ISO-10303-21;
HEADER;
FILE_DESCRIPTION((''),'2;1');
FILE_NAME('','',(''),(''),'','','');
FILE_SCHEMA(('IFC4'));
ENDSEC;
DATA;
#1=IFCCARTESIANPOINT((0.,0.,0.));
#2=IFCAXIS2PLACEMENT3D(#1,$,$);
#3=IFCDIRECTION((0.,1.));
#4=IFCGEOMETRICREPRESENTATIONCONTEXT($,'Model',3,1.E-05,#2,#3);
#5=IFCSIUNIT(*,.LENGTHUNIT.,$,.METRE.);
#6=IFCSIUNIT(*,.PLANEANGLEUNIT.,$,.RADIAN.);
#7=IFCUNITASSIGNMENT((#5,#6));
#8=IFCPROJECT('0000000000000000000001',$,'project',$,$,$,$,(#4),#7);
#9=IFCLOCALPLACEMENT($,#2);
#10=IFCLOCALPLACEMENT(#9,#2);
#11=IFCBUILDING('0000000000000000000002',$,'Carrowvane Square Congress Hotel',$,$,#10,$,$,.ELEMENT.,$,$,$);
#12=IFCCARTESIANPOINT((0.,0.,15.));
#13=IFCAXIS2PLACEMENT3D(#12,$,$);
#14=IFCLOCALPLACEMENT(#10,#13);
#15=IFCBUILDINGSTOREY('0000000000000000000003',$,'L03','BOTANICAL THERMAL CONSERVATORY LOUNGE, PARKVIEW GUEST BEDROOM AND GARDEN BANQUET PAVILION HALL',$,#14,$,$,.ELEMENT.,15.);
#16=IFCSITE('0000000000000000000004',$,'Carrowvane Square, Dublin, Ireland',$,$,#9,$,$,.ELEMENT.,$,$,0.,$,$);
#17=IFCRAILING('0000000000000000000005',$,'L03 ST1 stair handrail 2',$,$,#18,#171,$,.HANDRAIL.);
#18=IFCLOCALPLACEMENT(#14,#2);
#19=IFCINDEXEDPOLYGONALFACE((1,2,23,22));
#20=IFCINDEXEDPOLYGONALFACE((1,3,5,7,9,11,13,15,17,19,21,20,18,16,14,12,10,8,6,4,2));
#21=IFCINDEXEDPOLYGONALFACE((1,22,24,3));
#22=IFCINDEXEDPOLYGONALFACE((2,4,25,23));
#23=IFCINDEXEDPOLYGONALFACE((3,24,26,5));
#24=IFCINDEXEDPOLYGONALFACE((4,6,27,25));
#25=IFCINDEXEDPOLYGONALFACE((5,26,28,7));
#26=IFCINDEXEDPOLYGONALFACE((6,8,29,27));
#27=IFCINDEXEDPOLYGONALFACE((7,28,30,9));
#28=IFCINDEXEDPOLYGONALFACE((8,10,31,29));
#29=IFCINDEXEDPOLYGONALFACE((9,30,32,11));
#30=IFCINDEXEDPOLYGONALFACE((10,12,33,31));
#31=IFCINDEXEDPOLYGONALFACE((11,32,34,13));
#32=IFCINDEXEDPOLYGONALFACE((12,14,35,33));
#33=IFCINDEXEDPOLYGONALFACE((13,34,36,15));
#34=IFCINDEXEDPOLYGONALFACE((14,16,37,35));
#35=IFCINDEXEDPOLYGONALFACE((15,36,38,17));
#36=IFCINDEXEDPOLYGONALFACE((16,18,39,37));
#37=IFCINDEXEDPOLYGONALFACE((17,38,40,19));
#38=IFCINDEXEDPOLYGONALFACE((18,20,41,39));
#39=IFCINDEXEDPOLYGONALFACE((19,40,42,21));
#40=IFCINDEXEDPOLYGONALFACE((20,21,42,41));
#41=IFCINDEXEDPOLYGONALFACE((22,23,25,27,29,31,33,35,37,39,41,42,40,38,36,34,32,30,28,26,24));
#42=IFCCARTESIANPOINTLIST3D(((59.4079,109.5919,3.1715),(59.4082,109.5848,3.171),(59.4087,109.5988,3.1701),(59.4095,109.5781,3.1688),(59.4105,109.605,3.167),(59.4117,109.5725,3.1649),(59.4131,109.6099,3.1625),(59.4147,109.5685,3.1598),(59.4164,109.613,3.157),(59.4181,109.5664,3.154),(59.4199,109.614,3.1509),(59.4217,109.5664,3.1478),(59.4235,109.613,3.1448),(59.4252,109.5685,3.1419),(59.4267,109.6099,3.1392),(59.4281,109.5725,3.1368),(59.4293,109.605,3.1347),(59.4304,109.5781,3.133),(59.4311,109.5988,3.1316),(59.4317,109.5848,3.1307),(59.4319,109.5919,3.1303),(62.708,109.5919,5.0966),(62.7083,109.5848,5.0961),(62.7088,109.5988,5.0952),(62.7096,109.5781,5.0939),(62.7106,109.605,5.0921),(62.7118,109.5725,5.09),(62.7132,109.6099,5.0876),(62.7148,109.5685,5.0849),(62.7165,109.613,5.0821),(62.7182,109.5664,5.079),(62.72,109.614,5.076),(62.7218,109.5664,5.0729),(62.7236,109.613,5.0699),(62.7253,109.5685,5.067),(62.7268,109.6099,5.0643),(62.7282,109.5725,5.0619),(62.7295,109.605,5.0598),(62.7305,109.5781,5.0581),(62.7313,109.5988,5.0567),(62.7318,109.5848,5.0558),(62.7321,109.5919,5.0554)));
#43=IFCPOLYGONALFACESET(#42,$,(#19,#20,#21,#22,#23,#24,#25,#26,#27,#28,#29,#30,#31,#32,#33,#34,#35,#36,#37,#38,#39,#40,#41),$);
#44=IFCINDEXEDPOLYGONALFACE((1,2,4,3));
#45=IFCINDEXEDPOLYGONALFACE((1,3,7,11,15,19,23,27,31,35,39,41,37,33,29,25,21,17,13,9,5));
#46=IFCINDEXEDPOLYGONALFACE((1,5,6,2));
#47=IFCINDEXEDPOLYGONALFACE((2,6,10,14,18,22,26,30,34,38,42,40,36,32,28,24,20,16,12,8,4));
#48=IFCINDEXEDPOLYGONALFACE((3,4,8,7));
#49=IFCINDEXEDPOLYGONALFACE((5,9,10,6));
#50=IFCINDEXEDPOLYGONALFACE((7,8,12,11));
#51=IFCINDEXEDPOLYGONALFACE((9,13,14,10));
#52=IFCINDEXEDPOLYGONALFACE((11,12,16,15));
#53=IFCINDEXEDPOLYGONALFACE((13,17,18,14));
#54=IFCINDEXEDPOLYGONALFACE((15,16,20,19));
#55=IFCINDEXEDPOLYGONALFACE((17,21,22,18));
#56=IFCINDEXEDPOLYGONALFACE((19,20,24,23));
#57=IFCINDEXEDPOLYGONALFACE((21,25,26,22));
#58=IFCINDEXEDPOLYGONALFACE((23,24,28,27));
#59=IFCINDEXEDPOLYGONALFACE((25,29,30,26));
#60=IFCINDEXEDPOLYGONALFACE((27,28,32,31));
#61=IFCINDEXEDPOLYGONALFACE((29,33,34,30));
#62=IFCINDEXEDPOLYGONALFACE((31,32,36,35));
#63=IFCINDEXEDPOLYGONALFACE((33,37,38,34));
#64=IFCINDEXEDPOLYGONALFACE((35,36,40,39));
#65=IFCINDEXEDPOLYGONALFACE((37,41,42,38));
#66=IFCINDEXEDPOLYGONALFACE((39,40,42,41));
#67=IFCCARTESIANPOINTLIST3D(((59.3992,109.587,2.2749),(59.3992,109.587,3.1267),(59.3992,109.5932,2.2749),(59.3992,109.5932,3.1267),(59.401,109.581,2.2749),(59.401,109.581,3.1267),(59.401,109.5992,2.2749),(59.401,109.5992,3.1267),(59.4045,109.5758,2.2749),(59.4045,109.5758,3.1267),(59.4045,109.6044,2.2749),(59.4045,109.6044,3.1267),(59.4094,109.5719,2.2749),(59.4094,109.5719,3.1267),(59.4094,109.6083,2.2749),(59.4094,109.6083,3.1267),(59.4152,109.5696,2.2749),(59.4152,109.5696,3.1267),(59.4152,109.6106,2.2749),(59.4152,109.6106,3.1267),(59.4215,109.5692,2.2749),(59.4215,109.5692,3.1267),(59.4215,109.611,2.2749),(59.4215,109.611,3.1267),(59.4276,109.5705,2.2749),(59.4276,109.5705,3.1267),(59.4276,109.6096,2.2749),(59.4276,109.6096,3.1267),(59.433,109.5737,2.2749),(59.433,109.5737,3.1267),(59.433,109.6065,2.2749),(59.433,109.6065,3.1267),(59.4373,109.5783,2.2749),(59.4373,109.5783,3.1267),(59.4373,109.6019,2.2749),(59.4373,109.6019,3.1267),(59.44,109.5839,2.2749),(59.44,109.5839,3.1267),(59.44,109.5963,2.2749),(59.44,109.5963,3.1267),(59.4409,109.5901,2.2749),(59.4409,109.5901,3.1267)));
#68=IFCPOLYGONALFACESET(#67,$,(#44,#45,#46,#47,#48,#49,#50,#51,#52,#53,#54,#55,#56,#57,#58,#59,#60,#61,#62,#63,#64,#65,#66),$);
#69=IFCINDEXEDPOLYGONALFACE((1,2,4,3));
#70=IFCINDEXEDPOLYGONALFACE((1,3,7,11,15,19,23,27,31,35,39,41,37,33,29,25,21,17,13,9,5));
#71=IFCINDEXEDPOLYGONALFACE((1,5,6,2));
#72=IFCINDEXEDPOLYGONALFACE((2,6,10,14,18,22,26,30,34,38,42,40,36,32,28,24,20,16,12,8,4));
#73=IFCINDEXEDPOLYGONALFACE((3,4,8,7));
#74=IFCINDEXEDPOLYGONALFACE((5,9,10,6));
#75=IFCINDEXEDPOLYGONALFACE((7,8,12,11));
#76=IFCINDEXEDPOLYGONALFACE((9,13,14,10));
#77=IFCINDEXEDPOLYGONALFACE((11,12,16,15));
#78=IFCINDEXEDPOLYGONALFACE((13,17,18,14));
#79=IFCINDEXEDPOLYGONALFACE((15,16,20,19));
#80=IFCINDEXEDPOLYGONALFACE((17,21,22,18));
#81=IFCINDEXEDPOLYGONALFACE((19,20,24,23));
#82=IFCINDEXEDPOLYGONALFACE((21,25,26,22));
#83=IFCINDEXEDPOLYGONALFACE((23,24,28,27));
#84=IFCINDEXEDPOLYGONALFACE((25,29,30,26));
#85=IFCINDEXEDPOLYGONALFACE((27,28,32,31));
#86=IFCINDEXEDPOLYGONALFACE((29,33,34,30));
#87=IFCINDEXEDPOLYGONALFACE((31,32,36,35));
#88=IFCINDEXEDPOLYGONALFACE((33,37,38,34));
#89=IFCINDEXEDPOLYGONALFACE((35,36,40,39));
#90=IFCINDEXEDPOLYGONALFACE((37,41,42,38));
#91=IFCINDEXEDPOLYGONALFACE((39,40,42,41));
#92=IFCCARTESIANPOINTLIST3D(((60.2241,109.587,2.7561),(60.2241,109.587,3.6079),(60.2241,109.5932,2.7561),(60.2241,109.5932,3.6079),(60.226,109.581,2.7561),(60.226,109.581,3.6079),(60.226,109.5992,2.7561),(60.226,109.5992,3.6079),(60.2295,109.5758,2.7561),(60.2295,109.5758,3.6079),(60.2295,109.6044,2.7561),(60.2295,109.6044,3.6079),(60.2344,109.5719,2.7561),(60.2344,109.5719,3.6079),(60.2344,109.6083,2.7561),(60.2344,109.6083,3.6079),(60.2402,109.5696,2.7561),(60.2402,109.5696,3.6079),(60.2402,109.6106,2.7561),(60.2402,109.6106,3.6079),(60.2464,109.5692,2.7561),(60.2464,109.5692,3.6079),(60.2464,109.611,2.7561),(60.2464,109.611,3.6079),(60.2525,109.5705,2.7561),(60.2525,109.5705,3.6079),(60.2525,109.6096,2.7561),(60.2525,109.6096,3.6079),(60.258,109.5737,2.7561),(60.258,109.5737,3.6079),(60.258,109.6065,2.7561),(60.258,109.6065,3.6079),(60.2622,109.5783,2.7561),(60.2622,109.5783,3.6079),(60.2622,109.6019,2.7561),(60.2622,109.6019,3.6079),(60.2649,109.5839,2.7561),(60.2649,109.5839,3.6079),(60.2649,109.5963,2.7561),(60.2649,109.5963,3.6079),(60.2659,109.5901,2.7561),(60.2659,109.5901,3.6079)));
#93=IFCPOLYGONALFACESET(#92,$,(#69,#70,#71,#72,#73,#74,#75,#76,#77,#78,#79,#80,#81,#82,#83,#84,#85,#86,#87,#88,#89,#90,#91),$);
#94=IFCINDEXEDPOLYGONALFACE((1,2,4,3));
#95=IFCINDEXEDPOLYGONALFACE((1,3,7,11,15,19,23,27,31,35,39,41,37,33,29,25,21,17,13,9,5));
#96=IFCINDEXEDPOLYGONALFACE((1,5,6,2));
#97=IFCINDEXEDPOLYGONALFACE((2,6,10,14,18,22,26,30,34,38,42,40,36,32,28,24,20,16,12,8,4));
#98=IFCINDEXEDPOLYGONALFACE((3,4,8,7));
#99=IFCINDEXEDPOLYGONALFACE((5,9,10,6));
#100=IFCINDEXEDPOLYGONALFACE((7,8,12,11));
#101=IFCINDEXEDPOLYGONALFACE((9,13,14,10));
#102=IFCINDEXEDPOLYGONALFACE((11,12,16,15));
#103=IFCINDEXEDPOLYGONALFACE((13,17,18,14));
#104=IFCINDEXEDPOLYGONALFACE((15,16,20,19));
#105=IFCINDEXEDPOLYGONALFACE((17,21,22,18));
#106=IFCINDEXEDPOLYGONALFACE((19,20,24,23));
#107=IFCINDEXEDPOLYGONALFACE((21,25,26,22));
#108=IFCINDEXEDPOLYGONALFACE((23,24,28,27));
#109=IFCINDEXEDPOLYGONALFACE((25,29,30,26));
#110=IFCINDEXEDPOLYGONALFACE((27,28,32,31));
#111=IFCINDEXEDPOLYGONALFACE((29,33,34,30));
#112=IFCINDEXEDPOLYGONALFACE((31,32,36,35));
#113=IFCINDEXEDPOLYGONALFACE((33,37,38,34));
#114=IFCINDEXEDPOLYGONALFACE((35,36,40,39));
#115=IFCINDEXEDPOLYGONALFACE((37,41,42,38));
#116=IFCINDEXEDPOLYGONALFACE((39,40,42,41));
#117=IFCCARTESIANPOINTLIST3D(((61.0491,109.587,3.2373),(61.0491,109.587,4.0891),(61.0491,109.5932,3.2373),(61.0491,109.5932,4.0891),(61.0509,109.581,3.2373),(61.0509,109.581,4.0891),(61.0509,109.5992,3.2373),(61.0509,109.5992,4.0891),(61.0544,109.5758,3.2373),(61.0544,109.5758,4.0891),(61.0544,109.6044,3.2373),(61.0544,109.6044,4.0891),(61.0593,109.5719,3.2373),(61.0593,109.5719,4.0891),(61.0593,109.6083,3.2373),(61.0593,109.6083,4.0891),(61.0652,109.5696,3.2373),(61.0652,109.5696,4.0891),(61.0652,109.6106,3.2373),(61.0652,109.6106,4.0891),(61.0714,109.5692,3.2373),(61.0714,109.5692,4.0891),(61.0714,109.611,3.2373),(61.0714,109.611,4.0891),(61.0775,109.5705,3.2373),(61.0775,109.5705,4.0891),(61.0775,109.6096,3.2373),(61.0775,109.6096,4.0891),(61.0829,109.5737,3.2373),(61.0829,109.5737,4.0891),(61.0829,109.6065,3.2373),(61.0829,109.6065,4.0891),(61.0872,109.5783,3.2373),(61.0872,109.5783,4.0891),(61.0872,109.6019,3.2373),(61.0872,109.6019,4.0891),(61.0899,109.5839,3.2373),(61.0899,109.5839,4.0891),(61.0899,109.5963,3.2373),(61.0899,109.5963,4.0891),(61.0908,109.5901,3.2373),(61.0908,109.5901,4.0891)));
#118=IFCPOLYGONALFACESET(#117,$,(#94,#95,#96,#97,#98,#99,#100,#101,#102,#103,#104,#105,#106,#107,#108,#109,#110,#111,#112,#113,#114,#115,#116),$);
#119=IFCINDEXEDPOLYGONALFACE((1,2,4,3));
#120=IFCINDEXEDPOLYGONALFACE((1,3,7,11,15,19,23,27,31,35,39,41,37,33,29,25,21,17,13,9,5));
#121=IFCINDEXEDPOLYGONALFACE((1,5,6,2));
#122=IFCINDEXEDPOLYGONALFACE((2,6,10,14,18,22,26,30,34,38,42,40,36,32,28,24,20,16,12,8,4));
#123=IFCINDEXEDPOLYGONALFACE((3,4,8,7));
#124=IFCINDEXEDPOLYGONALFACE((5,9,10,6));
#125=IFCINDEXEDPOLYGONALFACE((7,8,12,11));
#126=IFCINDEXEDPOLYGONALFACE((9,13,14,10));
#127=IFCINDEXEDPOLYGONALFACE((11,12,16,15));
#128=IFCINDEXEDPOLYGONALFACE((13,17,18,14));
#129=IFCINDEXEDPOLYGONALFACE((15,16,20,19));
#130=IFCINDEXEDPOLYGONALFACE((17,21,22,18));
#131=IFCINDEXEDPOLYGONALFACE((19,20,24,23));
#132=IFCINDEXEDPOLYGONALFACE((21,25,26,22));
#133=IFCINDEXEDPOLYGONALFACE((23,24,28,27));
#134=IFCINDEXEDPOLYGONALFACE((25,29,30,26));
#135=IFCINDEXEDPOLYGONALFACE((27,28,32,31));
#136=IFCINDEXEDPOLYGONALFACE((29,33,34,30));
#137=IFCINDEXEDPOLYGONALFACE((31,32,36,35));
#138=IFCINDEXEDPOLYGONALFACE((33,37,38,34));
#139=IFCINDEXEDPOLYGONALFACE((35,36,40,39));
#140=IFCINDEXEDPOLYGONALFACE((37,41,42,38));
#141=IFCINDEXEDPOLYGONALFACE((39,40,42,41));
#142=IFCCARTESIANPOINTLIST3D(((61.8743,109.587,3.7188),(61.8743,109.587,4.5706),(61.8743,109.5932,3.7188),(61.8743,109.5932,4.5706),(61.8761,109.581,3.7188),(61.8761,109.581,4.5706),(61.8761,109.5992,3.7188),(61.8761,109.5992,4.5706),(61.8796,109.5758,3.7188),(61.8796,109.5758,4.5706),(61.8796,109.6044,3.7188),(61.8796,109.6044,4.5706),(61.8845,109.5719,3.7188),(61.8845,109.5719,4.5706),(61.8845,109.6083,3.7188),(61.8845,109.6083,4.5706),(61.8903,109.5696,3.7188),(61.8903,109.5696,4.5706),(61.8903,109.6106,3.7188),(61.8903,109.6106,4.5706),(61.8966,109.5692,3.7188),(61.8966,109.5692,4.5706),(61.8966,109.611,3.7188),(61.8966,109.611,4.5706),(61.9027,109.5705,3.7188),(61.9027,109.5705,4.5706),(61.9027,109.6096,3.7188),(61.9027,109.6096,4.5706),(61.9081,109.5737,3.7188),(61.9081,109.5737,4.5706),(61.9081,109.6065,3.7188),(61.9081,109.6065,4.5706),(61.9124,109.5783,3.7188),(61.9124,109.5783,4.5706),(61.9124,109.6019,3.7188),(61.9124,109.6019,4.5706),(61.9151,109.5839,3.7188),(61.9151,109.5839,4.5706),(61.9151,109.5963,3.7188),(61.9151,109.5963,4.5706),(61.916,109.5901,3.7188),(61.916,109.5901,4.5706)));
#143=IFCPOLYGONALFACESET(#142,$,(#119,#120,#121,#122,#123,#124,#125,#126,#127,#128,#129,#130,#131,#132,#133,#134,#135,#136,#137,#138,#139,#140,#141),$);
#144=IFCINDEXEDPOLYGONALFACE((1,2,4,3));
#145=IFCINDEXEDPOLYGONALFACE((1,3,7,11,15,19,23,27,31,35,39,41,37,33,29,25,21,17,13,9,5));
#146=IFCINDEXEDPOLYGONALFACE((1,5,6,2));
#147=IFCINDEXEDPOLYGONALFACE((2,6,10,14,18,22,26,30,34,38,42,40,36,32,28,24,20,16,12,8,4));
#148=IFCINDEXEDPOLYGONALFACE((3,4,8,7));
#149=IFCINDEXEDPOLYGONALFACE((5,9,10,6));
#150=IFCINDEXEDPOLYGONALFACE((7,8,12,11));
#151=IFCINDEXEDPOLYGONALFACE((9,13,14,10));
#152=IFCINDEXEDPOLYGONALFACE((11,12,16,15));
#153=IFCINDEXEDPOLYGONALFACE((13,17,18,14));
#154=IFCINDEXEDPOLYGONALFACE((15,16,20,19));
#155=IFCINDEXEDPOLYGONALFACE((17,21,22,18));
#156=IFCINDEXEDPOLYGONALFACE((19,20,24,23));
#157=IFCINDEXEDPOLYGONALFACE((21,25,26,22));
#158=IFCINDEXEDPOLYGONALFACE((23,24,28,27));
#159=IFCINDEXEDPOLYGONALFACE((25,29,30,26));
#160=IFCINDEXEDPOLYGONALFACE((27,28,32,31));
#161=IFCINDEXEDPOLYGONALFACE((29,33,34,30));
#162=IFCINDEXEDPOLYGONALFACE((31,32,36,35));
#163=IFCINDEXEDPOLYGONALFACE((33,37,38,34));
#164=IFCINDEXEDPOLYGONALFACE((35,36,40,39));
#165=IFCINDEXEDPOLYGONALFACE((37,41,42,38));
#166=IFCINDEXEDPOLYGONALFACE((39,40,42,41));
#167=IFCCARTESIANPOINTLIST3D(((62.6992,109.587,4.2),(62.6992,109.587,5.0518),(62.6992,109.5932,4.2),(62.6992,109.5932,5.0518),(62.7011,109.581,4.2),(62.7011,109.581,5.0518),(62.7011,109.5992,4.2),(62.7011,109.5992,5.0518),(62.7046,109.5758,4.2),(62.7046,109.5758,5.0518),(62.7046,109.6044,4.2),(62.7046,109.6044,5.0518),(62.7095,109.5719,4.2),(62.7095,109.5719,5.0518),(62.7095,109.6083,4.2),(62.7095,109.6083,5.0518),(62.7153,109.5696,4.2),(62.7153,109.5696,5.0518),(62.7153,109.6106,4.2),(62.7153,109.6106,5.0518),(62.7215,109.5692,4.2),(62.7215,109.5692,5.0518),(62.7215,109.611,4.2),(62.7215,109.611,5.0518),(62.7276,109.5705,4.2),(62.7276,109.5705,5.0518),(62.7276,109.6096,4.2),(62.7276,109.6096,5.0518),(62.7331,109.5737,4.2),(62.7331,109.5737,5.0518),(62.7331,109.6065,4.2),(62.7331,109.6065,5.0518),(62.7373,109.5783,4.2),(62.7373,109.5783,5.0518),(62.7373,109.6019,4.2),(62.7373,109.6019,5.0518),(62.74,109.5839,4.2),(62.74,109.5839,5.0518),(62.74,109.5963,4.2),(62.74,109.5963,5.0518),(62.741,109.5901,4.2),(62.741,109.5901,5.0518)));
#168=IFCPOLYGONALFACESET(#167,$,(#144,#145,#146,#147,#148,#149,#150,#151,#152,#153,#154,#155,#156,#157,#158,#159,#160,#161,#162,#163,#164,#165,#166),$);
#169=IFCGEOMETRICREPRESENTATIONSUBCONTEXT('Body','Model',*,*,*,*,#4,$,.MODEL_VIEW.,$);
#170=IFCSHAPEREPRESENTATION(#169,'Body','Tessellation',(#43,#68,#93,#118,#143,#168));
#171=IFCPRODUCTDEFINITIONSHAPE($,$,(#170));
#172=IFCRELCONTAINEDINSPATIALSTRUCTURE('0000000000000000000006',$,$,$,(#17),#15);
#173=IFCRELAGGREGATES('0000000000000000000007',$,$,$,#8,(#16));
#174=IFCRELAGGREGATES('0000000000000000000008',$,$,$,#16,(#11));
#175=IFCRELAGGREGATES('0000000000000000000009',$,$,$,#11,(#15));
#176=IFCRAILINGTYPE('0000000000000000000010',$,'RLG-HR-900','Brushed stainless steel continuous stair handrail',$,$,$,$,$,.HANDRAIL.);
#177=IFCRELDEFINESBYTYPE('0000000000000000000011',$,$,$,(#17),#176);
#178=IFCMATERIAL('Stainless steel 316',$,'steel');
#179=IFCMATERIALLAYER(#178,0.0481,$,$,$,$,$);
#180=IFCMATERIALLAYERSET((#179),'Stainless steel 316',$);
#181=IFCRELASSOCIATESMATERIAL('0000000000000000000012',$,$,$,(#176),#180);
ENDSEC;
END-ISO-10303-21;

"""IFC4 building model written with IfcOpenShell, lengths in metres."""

from ifc_helpers import new_model, si_unit, direction, frame, origin, origin_2d, place, context, subcontext, project, spatial, circle, extrude, material, layer, layer_set, type_object, element, save


model = new_model("IFC4")

# Units and contexts
model_context = context("Model", 3, precision=1e-05, world=origin(), true_north=direction((0.0, 1.0)))
body_context = subcontext(model_context, "Body", "Model", "MODEL_VIEW")
ifc_project = project(units=[si_unit("LENGTHUNIT", "METRE"), si_unit("PLANEANGLEUNIT", "RADIAN")], contexts=[model_context])

# Site, building, storey
site_placement = place(None, origin())
site = spatial("IfcSite", under=ifc_project, at=site_placement, Name="Carrowvane Square, Dublin, Ireland", CompositionType="ELEMENT", RefElevation=0.0)
building_placement = place(site_placement, origin())
building = spatial("IfcBuilding", under=site, at=building_placement, Name="Carrowvane Square Congress Hotel", CompositionType="ELEMENT")
storey_placement = place(building_placement, frame((0.0, 0.0, 15.0)))
storey = spatial("IfcBuildingStorey", under=building, at=storey_placement, Name="L03", Description="BOTANICAL THERMAL CONSERVATORY LOUNGE, PARKVIEW GUEST BEDROOM AND GARDEN BANQUET PAVILION HALL", CompositionType="ELEMENT", Elevation=15.0)

# Railing
ifc_material_1 = material(Name="Stainless steel 316", Category="steel")
ifc_layer_1 = layer(ifc_material_1, 0.0481)
ifc_layer_set_1 = layer_set([ifc_layer_1], Name="Stainless steel 316")
railing_type_1 = type_object("IfcRailingType", Name="RLG-HR-900", Description="Brushed stainless steel continuous stair handrail", PredefinedType="HANDRAIL", material=ifc_layer_set_1)
railing_1_placement = place(storey_placement, frame((59.4199, 109.5901, 2.2749)))
element("IfcRailing", 1, at=railing_1_placement, inside=storey, type_object=railing_type_1, Name="L03 ST1 stair handrail 2", PredefinedType="HANDRAIL", context=body_context, shape_type="SweptSolid", body=[
    extrude(circle(Radius=0.0239, at=origin_2d()), frame((0.0, 0.0, 0.876), z_axis=(0.863777, 0.0, 0.503875), x_axis=(0.0, 1.0, 0.0)), (0.0, 0.0, 1.0), 3.8206),
    extrude(circle(Radius=0.021, at=origin_2d()), origin(), (0.0, 0.0, 1.0), 0.8518),
    extrude(circle(Radius=0.021, at=origin_2d()), frame((0.825, 0.0, 0.4812)), (0.0, 0.0, 1.0), 0.8518),
    extrude(circle(Radius=0.021, at=origin_2d()), frame((1.6499, 0.0, 0.9624)), (0.0, 0.0, 1.0), 0.8518),
    extrude(circle(Radius=0.021, at=origin_2d()), frame((2.4751, 0.0, 1.4438)), (0.0, 0.0, 1.0), 0.8518),
    extrude(circle(Radius=0.021, at=origin_2d()), frame((3.3, 0.0, 1.925)), (0.0, 0.0, 1.0), 0.8518),
])

save(model, "model.ifc")
